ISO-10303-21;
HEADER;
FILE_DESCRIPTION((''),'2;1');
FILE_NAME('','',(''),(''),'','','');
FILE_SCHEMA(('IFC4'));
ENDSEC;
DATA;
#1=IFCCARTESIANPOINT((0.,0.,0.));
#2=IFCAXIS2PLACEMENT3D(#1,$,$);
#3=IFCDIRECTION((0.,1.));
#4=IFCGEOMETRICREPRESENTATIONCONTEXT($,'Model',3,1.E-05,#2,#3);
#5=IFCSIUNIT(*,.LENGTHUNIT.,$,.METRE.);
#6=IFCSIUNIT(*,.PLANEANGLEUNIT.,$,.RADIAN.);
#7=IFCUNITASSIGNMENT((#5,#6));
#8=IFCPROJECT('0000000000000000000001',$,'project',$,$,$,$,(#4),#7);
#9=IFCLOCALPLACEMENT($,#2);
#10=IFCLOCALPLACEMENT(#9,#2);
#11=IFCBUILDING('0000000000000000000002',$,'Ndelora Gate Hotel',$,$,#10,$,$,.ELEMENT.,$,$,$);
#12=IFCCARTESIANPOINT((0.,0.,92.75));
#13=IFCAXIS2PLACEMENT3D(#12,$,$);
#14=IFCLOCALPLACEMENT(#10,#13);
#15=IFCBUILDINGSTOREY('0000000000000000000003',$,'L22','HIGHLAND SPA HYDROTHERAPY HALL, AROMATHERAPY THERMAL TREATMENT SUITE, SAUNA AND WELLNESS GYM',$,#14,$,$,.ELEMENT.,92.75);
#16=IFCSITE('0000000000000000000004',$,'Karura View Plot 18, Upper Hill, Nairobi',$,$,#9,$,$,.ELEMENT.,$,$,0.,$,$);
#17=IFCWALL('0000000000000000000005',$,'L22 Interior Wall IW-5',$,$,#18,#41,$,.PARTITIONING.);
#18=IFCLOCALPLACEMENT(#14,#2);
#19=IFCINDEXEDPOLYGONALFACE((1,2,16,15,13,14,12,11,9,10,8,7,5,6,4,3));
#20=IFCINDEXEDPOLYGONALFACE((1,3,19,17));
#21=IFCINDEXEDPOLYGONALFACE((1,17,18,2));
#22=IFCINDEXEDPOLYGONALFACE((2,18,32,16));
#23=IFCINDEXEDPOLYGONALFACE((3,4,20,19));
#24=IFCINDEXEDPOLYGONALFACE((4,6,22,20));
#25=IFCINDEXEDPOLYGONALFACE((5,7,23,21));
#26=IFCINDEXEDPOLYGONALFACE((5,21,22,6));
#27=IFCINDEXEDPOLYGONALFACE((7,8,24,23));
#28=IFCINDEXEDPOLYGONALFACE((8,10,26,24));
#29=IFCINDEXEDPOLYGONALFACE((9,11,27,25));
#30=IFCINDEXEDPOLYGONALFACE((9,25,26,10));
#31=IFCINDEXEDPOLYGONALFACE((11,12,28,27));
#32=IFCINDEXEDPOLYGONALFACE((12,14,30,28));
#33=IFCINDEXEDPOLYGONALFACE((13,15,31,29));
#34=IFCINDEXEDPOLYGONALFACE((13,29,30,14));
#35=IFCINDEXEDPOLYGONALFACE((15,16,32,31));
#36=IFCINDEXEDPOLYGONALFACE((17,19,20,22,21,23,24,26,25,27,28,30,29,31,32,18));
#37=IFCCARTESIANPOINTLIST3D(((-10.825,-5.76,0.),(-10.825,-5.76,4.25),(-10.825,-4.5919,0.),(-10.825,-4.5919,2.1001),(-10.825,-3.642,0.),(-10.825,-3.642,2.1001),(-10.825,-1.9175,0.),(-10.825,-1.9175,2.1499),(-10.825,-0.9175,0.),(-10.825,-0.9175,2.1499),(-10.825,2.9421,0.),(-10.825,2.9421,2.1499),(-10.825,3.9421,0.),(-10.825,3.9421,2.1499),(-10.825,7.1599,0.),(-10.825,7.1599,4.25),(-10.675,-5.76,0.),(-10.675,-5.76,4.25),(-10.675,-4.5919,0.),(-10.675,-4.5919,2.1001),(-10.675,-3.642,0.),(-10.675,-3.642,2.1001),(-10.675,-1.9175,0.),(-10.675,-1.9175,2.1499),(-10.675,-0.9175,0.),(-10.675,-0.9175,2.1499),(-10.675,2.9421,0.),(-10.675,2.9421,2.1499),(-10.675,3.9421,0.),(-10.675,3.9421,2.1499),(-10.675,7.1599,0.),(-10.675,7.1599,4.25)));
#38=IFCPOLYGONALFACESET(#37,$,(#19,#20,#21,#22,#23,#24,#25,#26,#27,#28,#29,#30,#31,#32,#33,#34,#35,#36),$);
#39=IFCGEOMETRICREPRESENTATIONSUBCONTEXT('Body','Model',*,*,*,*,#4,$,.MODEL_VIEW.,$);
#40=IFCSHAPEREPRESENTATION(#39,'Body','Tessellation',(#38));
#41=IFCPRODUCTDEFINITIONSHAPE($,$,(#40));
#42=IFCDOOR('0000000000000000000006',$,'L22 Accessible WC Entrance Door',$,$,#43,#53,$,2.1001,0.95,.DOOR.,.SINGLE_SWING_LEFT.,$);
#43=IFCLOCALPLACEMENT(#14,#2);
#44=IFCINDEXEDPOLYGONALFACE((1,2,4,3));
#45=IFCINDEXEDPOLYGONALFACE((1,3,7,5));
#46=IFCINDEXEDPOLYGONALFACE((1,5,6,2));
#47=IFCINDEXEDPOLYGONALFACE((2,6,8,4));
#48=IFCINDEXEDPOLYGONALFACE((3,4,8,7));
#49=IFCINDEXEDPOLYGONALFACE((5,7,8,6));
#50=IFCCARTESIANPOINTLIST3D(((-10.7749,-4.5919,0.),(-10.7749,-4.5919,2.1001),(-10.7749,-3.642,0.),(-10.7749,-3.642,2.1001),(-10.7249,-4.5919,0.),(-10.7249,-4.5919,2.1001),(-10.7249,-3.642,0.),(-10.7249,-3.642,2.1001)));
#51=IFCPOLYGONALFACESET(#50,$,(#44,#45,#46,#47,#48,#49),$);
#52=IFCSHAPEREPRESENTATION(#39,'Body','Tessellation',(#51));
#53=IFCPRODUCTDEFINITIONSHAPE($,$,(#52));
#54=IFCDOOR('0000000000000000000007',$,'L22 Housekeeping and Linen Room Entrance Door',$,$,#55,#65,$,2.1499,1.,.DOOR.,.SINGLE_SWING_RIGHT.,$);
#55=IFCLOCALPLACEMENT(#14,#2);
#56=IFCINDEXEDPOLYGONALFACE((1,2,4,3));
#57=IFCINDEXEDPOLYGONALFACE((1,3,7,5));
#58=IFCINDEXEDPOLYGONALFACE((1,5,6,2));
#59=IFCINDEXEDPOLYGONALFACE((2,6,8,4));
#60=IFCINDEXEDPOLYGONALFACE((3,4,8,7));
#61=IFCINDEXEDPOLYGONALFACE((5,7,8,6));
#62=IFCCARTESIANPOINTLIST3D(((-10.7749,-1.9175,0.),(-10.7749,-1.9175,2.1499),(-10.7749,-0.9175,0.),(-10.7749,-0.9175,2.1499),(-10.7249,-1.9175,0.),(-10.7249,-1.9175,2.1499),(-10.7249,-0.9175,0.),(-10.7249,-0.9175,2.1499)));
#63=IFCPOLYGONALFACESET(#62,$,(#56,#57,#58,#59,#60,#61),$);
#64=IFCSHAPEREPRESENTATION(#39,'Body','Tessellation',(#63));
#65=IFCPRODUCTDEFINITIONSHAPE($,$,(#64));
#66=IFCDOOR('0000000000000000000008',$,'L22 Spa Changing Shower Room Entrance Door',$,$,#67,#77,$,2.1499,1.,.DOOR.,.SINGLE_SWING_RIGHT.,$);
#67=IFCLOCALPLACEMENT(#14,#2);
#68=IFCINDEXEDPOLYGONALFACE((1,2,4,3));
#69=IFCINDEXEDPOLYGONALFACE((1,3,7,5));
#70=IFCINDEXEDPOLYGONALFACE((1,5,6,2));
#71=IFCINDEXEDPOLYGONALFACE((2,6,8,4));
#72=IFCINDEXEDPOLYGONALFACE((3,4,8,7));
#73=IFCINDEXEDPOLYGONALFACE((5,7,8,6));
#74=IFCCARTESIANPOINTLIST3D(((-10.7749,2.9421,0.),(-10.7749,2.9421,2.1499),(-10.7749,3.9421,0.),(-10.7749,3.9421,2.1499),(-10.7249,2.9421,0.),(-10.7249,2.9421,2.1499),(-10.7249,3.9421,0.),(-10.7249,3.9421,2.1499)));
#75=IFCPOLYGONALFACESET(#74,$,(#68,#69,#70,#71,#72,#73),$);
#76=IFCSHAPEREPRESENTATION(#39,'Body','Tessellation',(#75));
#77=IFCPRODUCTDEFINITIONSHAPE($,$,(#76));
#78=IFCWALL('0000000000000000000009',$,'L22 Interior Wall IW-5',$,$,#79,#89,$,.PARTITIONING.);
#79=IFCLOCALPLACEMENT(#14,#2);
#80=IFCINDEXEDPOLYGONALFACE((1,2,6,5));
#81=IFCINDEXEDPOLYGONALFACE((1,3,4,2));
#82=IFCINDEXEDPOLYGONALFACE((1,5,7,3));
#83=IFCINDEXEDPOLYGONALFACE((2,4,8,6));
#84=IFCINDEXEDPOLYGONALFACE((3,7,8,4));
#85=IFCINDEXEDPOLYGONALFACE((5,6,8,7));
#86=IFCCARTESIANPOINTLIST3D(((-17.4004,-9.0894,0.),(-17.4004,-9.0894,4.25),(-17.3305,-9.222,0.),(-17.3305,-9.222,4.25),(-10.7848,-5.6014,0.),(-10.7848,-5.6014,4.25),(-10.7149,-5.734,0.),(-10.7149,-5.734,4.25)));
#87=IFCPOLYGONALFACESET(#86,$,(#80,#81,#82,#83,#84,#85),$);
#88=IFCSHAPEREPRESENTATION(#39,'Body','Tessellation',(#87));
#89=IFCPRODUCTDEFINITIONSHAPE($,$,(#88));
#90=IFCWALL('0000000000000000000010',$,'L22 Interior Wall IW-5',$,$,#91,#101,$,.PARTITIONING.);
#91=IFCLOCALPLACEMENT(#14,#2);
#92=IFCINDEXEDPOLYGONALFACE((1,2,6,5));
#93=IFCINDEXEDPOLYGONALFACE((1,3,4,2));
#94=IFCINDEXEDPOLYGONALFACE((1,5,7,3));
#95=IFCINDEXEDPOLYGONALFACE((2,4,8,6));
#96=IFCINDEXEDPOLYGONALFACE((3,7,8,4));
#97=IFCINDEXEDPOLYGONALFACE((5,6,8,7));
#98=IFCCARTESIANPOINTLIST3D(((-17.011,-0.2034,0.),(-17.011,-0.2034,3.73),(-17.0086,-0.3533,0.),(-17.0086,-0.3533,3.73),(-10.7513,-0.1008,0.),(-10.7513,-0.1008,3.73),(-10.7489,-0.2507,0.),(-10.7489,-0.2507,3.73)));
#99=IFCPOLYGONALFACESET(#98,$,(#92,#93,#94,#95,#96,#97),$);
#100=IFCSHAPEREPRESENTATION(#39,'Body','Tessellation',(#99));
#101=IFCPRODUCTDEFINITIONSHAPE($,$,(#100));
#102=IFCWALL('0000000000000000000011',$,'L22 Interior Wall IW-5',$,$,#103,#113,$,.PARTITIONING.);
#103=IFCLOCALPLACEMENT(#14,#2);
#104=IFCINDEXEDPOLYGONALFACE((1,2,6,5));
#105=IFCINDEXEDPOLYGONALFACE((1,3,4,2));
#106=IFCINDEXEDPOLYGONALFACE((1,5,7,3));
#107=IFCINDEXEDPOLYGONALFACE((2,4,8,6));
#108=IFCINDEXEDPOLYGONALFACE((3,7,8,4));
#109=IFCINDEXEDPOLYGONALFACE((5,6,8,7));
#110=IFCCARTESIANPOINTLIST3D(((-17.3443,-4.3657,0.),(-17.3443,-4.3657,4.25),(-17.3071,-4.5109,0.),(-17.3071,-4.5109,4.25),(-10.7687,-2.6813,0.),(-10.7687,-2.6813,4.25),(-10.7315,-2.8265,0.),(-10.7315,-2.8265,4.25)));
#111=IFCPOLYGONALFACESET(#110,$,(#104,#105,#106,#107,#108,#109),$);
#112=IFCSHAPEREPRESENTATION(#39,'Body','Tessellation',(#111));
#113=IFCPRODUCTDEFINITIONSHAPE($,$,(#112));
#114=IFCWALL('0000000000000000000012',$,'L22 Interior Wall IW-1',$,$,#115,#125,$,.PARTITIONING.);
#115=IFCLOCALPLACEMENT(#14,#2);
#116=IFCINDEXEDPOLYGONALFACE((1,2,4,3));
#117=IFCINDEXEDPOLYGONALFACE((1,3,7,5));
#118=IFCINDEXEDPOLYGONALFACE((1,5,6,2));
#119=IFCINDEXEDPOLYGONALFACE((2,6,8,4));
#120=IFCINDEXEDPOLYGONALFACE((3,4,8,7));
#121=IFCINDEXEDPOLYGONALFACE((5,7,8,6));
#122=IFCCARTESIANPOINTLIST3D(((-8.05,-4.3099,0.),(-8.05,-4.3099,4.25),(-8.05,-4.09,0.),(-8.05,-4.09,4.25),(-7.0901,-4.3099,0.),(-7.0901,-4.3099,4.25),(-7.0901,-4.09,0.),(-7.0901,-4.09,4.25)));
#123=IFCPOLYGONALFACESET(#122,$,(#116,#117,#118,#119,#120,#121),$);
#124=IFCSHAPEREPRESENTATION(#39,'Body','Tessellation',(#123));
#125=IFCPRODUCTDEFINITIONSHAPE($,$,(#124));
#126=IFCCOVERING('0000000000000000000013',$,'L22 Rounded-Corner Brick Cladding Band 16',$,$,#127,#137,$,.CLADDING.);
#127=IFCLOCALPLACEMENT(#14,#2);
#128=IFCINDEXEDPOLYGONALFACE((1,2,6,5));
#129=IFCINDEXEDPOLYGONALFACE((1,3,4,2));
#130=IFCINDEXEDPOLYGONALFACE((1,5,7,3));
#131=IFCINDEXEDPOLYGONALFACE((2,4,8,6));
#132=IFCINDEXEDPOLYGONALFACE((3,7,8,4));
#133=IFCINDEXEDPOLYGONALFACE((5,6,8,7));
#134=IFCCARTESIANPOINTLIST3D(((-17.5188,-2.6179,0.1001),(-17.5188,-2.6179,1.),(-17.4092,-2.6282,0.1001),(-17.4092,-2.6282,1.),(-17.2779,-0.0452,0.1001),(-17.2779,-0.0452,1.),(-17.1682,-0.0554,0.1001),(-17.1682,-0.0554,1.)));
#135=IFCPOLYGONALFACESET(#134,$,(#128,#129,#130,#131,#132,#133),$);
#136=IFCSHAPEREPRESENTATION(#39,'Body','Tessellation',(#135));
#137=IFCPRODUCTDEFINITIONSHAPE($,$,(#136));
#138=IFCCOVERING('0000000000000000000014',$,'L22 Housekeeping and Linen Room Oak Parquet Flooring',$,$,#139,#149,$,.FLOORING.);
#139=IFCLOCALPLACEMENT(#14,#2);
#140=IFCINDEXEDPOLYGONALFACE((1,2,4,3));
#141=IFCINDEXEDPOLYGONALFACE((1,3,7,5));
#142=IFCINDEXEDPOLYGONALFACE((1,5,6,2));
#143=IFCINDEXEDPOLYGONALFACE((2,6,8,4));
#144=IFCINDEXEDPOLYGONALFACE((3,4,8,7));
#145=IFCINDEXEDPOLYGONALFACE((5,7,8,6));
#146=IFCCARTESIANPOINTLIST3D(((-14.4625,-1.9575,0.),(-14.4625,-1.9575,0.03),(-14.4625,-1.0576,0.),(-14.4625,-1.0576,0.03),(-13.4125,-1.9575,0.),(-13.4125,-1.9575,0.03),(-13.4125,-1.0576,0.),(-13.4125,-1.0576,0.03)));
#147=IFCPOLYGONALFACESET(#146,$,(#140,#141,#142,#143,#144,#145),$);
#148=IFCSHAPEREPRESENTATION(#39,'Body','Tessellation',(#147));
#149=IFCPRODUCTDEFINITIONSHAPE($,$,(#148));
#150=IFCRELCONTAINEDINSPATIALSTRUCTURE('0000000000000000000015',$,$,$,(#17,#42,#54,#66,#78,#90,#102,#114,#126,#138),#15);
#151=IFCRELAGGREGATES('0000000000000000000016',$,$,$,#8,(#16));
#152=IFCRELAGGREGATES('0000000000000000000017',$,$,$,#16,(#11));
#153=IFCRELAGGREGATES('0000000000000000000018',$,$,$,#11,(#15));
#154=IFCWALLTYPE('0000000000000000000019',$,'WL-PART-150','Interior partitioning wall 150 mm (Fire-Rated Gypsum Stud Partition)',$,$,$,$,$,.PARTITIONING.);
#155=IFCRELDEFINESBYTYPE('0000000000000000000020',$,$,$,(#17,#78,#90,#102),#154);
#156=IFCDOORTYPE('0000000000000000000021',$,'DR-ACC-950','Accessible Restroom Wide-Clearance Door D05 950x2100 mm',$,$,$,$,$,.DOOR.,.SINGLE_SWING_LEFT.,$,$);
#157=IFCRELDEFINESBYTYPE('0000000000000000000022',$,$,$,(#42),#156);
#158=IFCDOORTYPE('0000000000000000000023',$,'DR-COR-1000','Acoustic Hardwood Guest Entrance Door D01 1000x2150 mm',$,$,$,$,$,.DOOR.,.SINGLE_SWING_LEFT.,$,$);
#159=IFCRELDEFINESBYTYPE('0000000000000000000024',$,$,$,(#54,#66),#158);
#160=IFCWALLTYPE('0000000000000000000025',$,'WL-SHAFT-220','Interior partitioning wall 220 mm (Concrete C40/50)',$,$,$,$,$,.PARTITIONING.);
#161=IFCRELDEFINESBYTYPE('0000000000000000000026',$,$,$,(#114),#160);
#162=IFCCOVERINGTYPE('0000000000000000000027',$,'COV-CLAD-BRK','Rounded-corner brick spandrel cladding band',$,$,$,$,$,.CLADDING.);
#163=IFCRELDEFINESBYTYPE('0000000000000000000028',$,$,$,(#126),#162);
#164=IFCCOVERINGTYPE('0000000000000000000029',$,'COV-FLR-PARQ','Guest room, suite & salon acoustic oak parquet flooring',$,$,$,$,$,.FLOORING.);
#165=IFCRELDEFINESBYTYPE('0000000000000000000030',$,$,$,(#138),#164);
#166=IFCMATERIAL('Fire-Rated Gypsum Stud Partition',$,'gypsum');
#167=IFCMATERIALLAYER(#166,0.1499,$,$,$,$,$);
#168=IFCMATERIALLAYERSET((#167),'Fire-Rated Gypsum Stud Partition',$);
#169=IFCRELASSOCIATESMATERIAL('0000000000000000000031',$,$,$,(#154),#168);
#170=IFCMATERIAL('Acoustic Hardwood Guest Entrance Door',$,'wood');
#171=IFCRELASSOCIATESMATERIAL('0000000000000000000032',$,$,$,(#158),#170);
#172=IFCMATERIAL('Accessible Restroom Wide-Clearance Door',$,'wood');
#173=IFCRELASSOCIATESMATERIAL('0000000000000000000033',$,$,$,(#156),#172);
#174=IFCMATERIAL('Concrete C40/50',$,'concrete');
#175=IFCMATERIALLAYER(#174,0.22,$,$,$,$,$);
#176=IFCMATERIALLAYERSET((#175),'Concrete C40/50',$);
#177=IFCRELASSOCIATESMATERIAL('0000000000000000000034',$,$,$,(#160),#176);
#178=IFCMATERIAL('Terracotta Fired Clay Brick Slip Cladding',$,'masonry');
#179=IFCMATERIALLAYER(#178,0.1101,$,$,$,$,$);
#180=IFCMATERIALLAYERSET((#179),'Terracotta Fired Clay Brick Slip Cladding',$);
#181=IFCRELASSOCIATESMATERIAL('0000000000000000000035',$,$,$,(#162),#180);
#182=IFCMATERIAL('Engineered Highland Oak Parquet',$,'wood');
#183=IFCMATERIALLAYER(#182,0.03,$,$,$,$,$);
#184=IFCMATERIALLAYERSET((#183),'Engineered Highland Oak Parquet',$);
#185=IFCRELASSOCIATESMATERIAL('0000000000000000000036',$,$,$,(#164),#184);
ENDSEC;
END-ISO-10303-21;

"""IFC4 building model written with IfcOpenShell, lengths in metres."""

from ifc_helpers import new_model, si_unit, direction, frame, frame_2d, origin, origin_2d, place, context, subcontext, project, spatial, rectangle, extrude, material, layer, layer_set, type_object, element, fill, save


model = new_model("IFC4")

# Units and contexts
model_context = context("Model", 3, precision=1e-05, world=origin(), true_north=direction((0.0, 1.0)))
body_context = subcontext(model_context, "Body", "Model", "MODEL_VIEW")
ifc_project = project(units=[si_unit("LENGTHUNIT", "METRE"), si_unit("PLANEANGLEUNIT", "RADIAN")], contexts=[model_context])

# Site, building, storey
site_placement = place(None, origin())
site = spatial("IfcSite", under=ifc_project, at=site_placement, Name="Karura View Plot 18, Upper Hill, Nairobi", CompositionType="ELEMENT", RefElevation=0.0)
building_placement = place(site_placement, origin())
building = spatial("IfcBuilding", under=site, at=building_placement, Name="Ndelora Gate Hotel", CompositionType="ELEMENT")
storey_placement = place(building_placement, frame((0.0, 0.0, 92.75)))
storey = spatial("IfcBuildingStorey", under=building, at=storey_placement, Name="L22", Description="HIGHLAND SPA HYDROTHERAPY HALL, AROMATHERAPY THERMAL TREATMENT SUITE, SAUNA AND WELLNESS GYM", CompositionType="ELEMENT", Elevation=92.75)

# Shared definitions
ifc_material_1 = material(Name="Fire-Rated Gypsum Stud Partition", Category="gypsum")
ifc_layer_1 = layer(ifc_material_1, 0.1499)
ifc_layer_set_1 = layer_set([ifc_layer_1], Name="Fire-Rated Gypsum Stud Partition")
wall_type_1 = type_object("IfcWallType", Name="WL-PART-150", Description="Interior partitioning wall 150 mm (Fire-Rated Gypsum Stud Partition)", PredefinedType="PARTITIONING", material=ifc_layer_set_1)
ifc_material_2 = material(Name="Acoustic Hardwood Guest Entrance Door", Category="wood")
door_type_1 = type_object("IfcDoorType", Name="DR-COR-1000", Description="Acoustic Hardwood Guest Entrance Door D01 1000x2150 mm", OperationType="SINGLE_SWING_LEFT", PredefinedType="DOOR", material=ifc_material_2)

# Wall, openings, doors
wall_1_placement = place(storey_placement, frame((-10.75, -5.76, 0.0), z_axis=(0.0, 0.0, 1.0), x_axis=(0.0, 1.0, 0.0)))
wall_1 = element("IfcWall", 1, at=wall_1_placement, inside=storey, type_object=wall_type_1, Name="L22 Interior Wall IW-5", PredefinedType="PARTITIONING", context=body_context, shape_type="SweptSolid", body=[
    extrude(rectangle(XDim=12.9199, YDim=0.1499, at=frame_2d((6.46, 0.0))), origin(), (0.0, 0.0, 1.0), 4.25),
])
opening_1_placement = place(wall_1_placement, frame((3.8425, 0.0, 0.0)))
opening_1 = element("IfcOpeningElement", 2, at=opening_1_placement, cuts=wall_1, PredefinedType="OPENING", context=body_context, shape_type="SweptSolid", body=[
    extrude(rectangle(XDim=1.0, YDim=2.1499, at=frame_2d((0.5, 1.075))), frame((0.0, 0.085, 0.0), z_axis=(0.0, -1.0, 0.0), x_axis=(1.0, 0.0, 0.0)), (0.0, 0.0, 1.0), 0.1699),
])
opening_2_placement = place(wall_1_placement, frame((1.168, 0.0, 0.0)))
opening_2 = element("IfcOpeningElement", 3, at=opening_2_placement, cuts=wall_1, PredefinedType="OPENING", context=body_context, shape_type="SweptSolid", body=[
    extrude(rectangle(XDim=0.95, YDim=2.1001, at=frame_2d((0.4751, 1.05))), frame((0.0, 0.085, 0.0), z_axis=(0.0, -1.0, 0.0), x_axis=(1.0, 0.0, 0.0)), (0.0, 0.0, 1.0), 0.1699),
])
opening_3_placement = place(wall_1_placement, frame((8.7021, 0.0, 0.0)))
opening_3 = element("IfcOpeningElement", 4, at=opening_3_placement, cuts=wall_1, PredefinedType="OPENING", context=body_context, shape_type="SweptSolid", body=[
    extrude(rectangle(XDim=1.0, YDim=2.1499, at=frame_2d((0.5, 1.075))), frame((0.0, 0.085, 0.0), z_axis=(0.0, -1.0, 0.0), x_axis=(1.0, 0.0, 0.0)), (0.0, 0.0, 1.0), 0.1699),
])
ifc_material_3 = material(Name="Accessible Restroom Wide-Clearance Door", Category="wood")
door_type_2 = type_object("IfcDoorType", Name="DR-ACC-950", Description="Accessible Restroom Wide-Clearance Door D05 950x2100 mm", OperationType="SINGLE_SWING_LEFT", PredefinedType="DOOR", material=ifc_material_3)
door_1_placement = place(opening_2_placement, origin())
door_1 = element("IfcDoor", 5, at=door_1_placement, inside=storey, type_object=door_type_2, Name="L22 Accessible WC Entrance Door", OperationType="SINGLE_SWING_LEFT", OverallHeight=2.1001, OverallWidth=0.95, PredefinedType="DOOR", context=body_context, shape_type="SweptSolid", body=[
    extrude(rectangle(XDim=0.95, YDim=2.1001, at=frame_2d((0.4751, 1.05))), frame((0.0, 0.0249, 0.0), z_axis=(0.0, -1.0, 0.0), x_axis=(1.0, 0.0, 0.0)), (0.0, 0.0, 1.0), 0.05),
])
fill(opening_2, door_1)
door_2_placement = place(opening_1_placement, origin())
door_2 = element("IfcDoor", 6, at=door_2_placement, inside=storey, type_object=door_type_1, Name="L22 Housekeeping and Linen Room Entrance Door", OperationType="SINGLE_SWING_RIGHT", OverallHeight=2.1499, OverallWidth=1.0, PredefinedType="DOOR", context=body_context, shape_type="SweptSolid", body=[
    extrude(rectangle(XDim=1.0, YDim=2.1499, at=frame_2d((0.5, 1.075))), frame((0.0, 0.0249, 0.0), z_axis=(0.0, -1.0, 0.0), x_axis=(1.0, 0.0, 0.0)), (0.0, 0.0, 1.0), 0.05),
])
fill(opening_1, door_2)
door_3_placement = place(opening_3_placement, origin())
door_3 = element("IfcDoor", 7, at=door_3_placement, inside=storey, type_object=door_type_1, Name="L22 Spa Changing Shower Room Entrance Door", OperationType="SINGLE_SWING_RIGHT", OverallHeight=2.1499, OverallWidth=1.0, PredefinedType="DOOR", context=body_context, shape_type="SweptSolid", body=[
    extrude(rectangle(XDim=1.0, YDim=2.1499, at=frame_2d((0.5, 1.075))), frame((0.0, 0.0249, 0.0), z_axis=(0.0, -1.0, 0.0), x_axis=(1.0, 0.0, 0.0)), (0.0, 0.0, 1.0), 0.05),
])
fill(opening_3, door_3)

# Walls
wall_2_placement = place(storey_placement, frame((-10.75, -5.6677, 0.0), z_axis=(0.0, 0.0, 1.0), x_axis=(-0.884576, -0.466396, 0.0)))
element("IfcWall", 8, at=wall_2_placement, inside=storey, type_object=wall_type_1, Name="L22 Interior Wall IW-5", PredefinedType="PARTITIONING", context=body_context, shape_type="SweptSolid", body=[
    extrude(rectangle(XDim=7.4788, YDim=0.1499, at=frame_2d((3.7393, 0.0))), origin(), (0.0, 0.0, 1.0), 4.25),
])
wall_3_placement = place(storey_placement, frame((-10.75, -0.1758, 0.0), z_axis=(0.0, 0.0, 1.0), x_axis=(-0.999866, -0.016378, 0.0)))
element("IfcWall", 9, at=wall_3_placement, inside=storey, type_object=wall_type_1, Name="L22 Interior Wall IW-5", PredefinedType="PARTITIONING", context=body_context, shape_type="SweptSolid", body=[
    extrude(rectangle(XDim=6.2605, YDim=0.1499, at=frame_2d((3.1304, 0.0))), origin(), (0.0, 0.0, 1.0), 3.73),
])
wall_4_placement = place(storey_placement, frame((-10.75, -2.7539, 0.0), z_axis=(0.0, 0.0, 1.0), x_axis=(-0.968724, -0.248143, 0.0)))
element("IfcWall", 10, at=wall_4_placement, inside=storey, type_object=wall_type_1, Name="L22 Interior Wall IW-5", PredefinedType="PARTITIONING", context=body_context, shape_type="SweptSolid", body=[
    extrude(rectangle(XDim=6.7878, YDim=0.1499, at=frame_2d((3.394, 0.0))), origin(), (0.0, 0.0, 1.0), 4.25),
])
ifc_material_4 = material(Name="Concrete C40/50", Category="concrete")
ifc_layer_2 = layer(ifc_material_4, 0.22)
ifc_layer_set_2 = layer_set([ifc_layer_2], Name="Concrete C40/50")
wall_type_2 = type_object("IfcWallType", Name="WL-SHAFT-220", Description="Interior partitioning wall 220 mm (Concrete C40/50)", PredefinedType="PARTITIONING", material=ifc_layer_set_2)
wall_5_placement = place(storey_placement, frame((-8.05, -4.2, 0.0), z_axis=(0.0, 0.0, 1.0), x_axis=(1.0, 0.0, 0.0)))
element("IfcWall", 11, at=wall_5_placement, inside=storey, type_object=wall_type_2, Name="L22 Interior Wall IW-1", PredefinedType="PARTITIONING", context=body_context, shape_type="SweptSolid", body=[
    extrude(rectangle(XDim=0.96, YDim=0.22, at=frame_2d((0.48, 0.0))), origin(), (0.0, 0.0, 1.0), 4.25),
])

# Coverings
ifc_material_5 = material(Name="Terracotta Fired Clay Brick Slip Cladding", Category="masonry")
ifc_layer_3 = layer(ifc_material_5, 0.1101)
ifc_layer_set_3 = layer_set([ifc_layer_3], Name="Terracotta Fired Clay Brick Slip Cladding")
covering_type_1 = type_object("IfcCoveringType", Name="COV-CLAD-BRK", Description="Rounded-corner brick spandrel cladding band", PredefinedType="CLADDING", material=ifc_layer_set_3)
covering_1_placement = place(storey_placement, frame((-17.3435, -1.3367, 0.1001), z_axis=(0.0, 0.0, 1.0), x_axis=(0.093239, 0.995644, 0.0)))
element("IfcCovering", 12, at=covering_1_placement, inside=storey, type_object=covering_type_1, Name="L22 Rounded-Corner Brick Cladding Band 16", PredefinedType="CLADDING", context=body_context, shape_type="SweptSolid", body=[
    extrude(rectangle(XDim=2.584, YDim=0.1101, at=origin_2d()), origin(), (0.0, 0.0, 1.0), 0.8999),
])
ifc_material_6 = material(Name="Engineered Highland Oak Parquet", Category="wood")
ifc_layer_4 = layer(ifc_material_6, 0.03)
ifc_layer_set_4 = layer_set([ifc_layer_4], Name="Engineered Highland Oak Parquet")
covering_type_2 = type_object("IfcCoveringType", Name="COV-FLR-PARQ", Description="Guest room, suite & salon acoustic oak parquet flooring", PredefinedType="FLOORING", material=ifc_layer_set_4)
covering_2_placement = place(storey_placement, frame((-13.9375, -1.5076, 0.0), z_axis=(0.0, 0.0, 1.0), x_axis=(1.0, 0.0, 0.0)))
element("IfcCovering", 13, at=covering_2_placement, inside=storey, type_object=covering_type_2, Name="L22 Housekeeping and Linen Room Oak Parquet Flooring", PredefinedType="FLOORING", context=body_context, shape_type="SweptSolid", body=[
    extrude(rectangle(XDim=1.05, YDim=0.8999, at=origin_2d()), origin(), (0.0, 0.0, 1.0), 0.03),
])

save(model, "model.ifc")
